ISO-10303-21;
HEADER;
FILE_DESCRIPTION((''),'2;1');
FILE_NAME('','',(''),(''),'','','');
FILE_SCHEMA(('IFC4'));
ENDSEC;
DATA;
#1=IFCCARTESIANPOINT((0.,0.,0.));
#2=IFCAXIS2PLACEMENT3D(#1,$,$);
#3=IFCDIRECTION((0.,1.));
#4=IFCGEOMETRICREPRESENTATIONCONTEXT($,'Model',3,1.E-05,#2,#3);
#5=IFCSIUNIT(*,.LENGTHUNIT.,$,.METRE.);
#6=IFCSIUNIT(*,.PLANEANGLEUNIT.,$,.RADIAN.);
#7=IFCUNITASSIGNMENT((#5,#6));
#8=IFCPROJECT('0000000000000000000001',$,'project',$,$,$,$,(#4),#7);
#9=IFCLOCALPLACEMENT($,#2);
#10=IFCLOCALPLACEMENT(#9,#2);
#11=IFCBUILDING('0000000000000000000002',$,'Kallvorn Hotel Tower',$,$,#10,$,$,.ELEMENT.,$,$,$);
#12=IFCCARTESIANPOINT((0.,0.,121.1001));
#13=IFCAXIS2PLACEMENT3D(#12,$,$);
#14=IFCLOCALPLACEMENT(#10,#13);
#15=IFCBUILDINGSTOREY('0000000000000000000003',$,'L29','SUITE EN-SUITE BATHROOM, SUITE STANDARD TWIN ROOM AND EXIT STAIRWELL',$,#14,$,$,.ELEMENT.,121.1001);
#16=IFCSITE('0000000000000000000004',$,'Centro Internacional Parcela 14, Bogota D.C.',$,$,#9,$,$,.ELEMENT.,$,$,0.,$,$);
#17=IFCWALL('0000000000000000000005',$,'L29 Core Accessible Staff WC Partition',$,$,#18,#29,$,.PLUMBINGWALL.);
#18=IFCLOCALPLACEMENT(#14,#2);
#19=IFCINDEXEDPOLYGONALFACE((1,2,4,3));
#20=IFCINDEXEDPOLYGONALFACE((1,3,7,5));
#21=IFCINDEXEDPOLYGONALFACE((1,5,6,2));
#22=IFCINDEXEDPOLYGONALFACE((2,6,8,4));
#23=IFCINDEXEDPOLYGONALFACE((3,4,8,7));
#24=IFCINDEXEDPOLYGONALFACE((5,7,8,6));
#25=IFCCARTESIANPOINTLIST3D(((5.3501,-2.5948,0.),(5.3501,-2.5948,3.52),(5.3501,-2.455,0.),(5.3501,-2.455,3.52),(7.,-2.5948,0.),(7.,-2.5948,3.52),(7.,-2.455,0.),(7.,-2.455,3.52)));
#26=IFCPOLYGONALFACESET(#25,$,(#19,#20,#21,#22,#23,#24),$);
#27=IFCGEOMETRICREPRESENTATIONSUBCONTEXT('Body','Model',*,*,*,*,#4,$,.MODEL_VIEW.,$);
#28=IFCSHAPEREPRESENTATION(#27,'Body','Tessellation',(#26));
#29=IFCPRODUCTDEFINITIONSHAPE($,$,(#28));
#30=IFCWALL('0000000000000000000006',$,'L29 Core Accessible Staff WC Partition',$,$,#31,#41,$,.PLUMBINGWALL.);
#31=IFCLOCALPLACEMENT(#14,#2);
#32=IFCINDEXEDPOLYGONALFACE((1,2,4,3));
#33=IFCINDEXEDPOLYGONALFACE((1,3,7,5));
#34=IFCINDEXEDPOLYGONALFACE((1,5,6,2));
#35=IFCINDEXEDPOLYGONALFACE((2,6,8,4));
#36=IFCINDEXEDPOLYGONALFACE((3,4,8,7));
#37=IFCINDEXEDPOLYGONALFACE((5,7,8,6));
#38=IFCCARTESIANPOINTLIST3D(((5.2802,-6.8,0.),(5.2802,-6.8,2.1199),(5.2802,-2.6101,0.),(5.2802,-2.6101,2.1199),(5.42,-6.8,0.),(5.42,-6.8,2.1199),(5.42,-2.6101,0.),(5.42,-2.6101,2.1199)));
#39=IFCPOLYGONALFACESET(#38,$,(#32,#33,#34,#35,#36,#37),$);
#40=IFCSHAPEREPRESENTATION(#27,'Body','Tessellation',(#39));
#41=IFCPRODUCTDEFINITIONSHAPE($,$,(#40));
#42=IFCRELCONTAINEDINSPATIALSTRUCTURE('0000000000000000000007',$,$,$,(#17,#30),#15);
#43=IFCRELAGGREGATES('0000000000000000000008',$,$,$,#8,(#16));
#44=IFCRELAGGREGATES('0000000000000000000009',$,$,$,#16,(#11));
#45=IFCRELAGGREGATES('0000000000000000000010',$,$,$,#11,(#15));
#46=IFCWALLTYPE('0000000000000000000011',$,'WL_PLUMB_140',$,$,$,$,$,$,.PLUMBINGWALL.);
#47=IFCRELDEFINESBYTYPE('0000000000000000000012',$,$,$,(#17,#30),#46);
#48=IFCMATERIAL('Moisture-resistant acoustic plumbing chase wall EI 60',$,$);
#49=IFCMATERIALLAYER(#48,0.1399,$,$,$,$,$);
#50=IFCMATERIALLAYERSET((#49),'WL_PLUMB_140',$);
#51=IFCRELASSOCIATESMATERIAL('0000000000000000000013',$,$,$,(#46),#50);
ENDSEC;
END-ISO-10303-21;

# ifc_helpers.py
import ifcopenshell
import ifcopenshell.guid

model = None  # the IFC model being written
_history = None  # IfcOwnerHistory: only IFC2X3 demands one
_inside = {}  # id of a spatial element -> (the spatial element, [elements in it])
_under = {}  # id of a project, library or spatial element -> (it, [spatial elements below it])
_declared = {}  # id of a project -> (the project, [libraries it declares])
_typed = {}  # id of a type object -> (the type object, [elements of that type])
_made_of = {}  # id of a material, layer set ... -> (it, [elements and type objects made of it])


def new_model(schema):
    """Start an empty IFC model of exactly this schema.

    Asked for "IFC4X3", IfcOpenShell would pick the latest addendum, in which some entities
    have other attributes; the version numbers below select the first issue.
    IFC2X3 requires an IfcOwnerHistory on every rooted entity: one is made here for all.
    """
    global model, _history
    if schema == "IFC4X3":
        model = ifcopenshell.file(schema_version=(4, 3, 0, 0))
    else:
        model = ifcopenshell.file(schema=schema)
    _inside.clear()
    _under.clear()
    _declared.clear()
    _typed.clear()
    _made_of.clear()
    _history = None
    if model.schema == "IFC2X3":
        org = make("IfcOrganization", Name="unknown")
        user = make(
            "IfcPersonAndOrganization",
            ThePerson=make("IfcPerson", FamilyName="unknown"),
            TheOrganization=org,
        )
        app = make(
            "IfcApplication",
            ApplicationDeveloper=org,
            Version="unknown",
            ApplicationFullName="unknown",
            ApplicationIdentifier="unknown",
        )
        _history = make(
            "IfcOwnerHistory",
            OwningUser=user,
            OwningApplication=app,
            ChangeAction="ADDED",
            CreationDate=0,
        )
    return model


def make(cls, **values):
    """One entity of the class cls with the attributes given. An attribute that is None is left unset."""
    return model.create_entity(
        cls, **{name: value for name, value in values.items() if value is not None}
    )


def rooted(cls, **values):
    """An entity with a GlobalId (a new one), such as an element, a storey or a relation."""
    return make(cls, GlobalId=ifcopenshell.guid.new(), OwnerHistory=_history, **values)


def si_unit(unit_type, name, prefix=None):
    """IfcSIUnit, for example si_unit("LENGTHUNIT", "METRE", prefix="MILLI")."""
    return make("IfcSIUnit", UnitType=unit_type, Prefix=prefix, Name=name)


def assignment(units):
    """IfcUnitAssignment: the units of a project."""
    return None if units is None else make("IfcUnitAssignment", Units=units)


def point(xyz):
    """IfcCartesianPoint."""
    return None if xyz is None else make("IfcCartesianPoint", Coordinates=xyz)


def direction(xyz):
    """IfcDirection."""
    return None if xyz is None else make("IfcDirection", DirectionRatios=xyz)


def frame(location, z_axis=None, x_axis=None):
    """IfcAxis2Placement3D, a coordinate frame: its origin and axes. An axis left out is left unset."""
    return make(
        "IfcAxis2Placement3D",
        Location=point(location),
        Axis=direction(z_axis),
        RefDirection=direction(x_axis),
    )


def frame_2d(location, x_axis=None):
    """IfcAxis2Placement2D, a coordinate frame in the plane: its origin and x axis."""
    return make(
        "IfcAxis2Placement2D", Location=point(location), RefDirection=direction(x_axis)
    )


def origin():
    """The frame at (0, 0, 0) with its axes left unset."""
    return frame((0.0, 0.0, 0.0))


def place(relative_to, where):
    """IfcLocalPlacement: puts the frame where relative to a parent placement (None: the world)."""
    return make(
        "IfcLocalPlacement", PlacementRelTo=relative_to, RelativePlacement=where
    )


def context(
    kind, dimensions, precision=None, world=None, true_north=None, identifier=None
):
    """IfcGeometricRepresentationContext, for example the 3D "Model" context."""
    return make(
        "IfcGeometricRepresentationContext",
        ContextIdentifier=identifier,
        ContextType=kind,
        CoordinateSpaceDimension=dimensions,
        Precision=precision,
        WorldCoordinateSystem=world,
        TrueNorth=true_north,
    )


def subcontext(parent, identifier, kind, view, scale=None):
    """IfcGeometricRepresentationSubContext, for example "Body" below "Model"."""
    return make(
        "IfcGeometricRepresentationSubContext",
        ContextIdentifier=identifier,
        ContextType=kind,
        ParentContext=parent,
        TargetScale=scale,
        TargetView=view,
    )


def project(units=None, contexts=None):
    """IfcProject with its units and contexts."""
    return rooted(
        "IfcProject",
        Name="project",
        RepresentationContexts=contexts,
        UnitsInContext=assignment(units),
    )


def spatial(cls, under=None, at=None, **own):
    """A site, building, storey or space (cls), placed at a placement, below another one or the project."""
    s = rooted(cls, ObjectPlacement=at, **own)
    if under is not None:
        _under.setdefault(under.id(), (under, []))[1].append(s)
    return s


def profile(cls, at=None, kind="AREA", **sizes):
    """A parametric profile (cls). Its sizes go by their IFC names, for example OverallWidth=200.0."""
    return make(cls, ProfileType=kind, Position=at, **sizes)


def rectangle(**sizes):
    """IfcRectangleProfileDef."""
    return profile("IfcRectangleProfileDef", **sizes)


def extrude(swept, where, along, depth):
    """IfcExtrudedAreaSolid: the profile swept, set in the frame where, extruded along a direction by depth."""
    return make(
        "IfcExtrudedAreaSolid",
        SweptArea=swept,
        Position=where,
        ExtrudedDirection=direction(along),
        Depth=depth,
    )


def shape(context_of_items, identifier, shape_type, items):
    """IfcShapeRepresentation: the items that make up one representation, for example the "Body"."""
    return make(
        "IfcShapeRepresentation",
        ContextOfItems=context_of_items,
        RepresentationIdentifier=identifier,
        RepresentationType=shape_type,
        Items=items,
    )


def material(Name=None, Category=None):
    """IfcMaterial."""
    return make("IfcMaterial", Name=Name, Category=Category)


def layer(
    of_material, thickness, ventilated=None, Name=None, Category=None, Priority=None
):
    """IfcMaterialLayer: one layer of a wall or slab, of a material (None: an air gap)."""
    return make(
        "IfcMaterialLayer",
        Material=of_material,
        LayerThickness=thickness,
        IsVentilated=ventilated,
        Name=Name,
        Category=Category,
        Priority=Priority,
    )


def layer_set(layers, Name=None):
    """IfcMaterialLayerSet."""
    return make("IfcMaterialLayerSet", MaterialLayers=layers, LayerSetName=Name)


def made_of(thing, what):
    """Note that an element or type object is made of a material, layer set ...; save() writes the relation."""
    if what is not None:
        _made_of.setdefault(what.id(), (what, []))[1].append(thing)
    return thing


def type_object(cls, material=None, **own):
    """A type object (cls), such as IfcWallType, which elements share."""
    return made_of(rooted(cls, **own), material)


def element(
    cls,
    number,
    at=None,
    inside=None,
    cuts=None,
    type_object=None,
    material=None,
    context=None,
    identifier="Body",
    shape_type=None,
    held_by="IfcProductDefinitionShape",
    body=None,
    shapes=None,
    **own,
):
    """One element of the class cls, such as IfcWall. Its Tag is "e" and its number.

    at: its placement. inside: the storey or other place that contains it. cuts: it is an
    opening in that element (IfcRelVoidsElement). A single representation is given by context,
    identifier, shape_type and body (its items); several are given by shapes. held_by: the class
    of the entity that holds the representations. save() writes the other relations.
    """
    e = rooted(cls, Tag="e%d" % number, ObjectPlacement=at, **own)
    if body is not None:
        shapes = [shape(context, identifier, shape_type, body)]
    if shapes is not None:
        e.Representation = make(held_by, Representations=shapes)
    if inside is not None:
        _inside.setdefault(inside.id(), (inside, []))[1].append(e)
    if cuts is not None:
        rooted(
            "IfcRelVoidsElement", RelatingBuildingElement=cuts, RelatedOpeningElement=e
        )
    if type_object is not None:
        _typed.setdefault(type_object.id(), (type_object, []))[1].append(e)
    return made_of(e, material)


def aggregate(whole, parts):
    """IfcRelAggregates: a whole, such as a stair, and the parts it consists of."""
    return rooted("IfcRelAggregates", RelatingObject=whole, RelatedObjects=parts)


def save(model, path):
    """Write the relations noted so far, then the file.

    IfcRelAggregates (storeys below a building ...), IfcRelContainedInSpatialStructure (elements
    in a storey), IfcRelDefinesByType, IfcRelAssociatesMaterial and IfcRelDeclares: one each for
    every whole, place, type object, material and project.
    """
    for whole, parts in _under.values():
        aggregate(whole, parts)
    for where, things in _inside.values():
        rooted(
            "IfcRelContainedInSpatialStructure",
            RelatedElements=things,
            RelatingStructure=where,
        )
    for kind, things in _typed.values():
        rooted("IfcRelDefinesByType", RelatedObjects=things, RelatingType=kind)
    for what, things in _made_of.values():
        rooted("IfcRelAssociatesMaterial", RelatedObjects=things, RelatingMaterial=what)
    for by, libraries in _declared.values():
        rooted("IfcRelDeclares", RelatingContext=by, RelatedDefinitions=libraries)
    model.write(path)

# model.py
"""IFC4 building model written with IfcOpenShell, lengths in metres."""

from ifc_helpers import new_model, si_unit, direction, frame, frame_2d, origin, place, context, subcontext, project, spatial, rectangle, extrude, material, layer, layer_set, type_object, element, save


model = new_model("IFC4")

# Units and contexts
model_context = context("Model", 3, precision=1e-05, world=origin(), true_north=direction((0.0, 1.0)))
body_context = subcontext(model_context, "Body", "Model", "MODEL_VIEW")
ifc_project = project(units=[si_unit("LENGTHUNIT", "METRE"), si_unit("PLANEANGLEUNIT", "RADIAN")], contexts=[model_context])

# Site, building, storey
site_placement = place(None, origin())
site = spatial("IfcSite", under=ifc_project, at=site_placement, Name="Centro Internacional Parcela 14, Bogota D.C.", CompositionType="ELEMENT", RefElevation=0.0)
building_placement = place(site_placement, origin())
building = spatial("IfcBuilding", under=site, at=building_placement, Name="Kallvorn Hotel Tower", CompositionType="ELEMENT")
storey_placement = place(building_placement, frame((0.0, 0.0, 121.1001)))
storey = spatial("IfcBuildingStorey", under=building, at=storey_placement, Name="L29", Description="SUITE EN-SUITE BATHROOM, SUITE STANDARD TWIN ROOM AND EXIT STAIRWELL", CompositionType="ELEMENT", Elevation=121.1001)

# Walls
ifc_material_1 = material(Name="Moisture-resistant acoustic plumbing chase wall EI 60")
ifc_layer_1 = layer(ifc_material_1, 0.1399)
ifc_layer_set_1 = layer_set([ifc_layer_1], Name="WL_PLUMB_140")
wall_type_1 = type_object("IfcWallType", Name="WL_PLUMB_140", PredefinedType="PLUMBINGWALL", material=ifc_layer_set_1)
wall_1_placement = place(storey_placement, frame((5.3501, -2.5249, 0.0), z_axis=(0.0, 0.0, 1.0), x_axis=(1.0, 0.0, 0.0)))
element("IfcWall", 1, at=wall_1_placement, inside=storey, type_object=wall_type_1, Name="L29 Core Accessible Staff WC Partition", PredefinedType="PLUMBINGWALL", context=body_context, shape_type="SweptSolid", body=[
    extrude(rectangle(XDim=1.6499, YDim=0.1399, at=frame_2d((0.825, 0.0))), origin(), (0.0, 0.0, 1.0), 3.52),
])
wall_2_placement = place(storey_placement, frame((5.3501, -6.8, 0.0), z_axis=(0.0, 0.0, 1.0), x_axis=(0.0, 1.0, 0.0)))
element("IfcWall", 2, at=wall_2_placement, inside=storey, type_object=wall_type_1, Name="L29 Core Accessible Staff WC Partition", PredefinedType="PLUMBINGWALL", context=body_context, shape_type="SweptSolid", body=[
    extrude(rectangle(XDim=4.1899, YDim=0.1399, at=frame_2d((2.095, 0.0))), origin(), (0.0, 0.0, 1.0), 2.1199),
])

save(model, "model.ifc")
